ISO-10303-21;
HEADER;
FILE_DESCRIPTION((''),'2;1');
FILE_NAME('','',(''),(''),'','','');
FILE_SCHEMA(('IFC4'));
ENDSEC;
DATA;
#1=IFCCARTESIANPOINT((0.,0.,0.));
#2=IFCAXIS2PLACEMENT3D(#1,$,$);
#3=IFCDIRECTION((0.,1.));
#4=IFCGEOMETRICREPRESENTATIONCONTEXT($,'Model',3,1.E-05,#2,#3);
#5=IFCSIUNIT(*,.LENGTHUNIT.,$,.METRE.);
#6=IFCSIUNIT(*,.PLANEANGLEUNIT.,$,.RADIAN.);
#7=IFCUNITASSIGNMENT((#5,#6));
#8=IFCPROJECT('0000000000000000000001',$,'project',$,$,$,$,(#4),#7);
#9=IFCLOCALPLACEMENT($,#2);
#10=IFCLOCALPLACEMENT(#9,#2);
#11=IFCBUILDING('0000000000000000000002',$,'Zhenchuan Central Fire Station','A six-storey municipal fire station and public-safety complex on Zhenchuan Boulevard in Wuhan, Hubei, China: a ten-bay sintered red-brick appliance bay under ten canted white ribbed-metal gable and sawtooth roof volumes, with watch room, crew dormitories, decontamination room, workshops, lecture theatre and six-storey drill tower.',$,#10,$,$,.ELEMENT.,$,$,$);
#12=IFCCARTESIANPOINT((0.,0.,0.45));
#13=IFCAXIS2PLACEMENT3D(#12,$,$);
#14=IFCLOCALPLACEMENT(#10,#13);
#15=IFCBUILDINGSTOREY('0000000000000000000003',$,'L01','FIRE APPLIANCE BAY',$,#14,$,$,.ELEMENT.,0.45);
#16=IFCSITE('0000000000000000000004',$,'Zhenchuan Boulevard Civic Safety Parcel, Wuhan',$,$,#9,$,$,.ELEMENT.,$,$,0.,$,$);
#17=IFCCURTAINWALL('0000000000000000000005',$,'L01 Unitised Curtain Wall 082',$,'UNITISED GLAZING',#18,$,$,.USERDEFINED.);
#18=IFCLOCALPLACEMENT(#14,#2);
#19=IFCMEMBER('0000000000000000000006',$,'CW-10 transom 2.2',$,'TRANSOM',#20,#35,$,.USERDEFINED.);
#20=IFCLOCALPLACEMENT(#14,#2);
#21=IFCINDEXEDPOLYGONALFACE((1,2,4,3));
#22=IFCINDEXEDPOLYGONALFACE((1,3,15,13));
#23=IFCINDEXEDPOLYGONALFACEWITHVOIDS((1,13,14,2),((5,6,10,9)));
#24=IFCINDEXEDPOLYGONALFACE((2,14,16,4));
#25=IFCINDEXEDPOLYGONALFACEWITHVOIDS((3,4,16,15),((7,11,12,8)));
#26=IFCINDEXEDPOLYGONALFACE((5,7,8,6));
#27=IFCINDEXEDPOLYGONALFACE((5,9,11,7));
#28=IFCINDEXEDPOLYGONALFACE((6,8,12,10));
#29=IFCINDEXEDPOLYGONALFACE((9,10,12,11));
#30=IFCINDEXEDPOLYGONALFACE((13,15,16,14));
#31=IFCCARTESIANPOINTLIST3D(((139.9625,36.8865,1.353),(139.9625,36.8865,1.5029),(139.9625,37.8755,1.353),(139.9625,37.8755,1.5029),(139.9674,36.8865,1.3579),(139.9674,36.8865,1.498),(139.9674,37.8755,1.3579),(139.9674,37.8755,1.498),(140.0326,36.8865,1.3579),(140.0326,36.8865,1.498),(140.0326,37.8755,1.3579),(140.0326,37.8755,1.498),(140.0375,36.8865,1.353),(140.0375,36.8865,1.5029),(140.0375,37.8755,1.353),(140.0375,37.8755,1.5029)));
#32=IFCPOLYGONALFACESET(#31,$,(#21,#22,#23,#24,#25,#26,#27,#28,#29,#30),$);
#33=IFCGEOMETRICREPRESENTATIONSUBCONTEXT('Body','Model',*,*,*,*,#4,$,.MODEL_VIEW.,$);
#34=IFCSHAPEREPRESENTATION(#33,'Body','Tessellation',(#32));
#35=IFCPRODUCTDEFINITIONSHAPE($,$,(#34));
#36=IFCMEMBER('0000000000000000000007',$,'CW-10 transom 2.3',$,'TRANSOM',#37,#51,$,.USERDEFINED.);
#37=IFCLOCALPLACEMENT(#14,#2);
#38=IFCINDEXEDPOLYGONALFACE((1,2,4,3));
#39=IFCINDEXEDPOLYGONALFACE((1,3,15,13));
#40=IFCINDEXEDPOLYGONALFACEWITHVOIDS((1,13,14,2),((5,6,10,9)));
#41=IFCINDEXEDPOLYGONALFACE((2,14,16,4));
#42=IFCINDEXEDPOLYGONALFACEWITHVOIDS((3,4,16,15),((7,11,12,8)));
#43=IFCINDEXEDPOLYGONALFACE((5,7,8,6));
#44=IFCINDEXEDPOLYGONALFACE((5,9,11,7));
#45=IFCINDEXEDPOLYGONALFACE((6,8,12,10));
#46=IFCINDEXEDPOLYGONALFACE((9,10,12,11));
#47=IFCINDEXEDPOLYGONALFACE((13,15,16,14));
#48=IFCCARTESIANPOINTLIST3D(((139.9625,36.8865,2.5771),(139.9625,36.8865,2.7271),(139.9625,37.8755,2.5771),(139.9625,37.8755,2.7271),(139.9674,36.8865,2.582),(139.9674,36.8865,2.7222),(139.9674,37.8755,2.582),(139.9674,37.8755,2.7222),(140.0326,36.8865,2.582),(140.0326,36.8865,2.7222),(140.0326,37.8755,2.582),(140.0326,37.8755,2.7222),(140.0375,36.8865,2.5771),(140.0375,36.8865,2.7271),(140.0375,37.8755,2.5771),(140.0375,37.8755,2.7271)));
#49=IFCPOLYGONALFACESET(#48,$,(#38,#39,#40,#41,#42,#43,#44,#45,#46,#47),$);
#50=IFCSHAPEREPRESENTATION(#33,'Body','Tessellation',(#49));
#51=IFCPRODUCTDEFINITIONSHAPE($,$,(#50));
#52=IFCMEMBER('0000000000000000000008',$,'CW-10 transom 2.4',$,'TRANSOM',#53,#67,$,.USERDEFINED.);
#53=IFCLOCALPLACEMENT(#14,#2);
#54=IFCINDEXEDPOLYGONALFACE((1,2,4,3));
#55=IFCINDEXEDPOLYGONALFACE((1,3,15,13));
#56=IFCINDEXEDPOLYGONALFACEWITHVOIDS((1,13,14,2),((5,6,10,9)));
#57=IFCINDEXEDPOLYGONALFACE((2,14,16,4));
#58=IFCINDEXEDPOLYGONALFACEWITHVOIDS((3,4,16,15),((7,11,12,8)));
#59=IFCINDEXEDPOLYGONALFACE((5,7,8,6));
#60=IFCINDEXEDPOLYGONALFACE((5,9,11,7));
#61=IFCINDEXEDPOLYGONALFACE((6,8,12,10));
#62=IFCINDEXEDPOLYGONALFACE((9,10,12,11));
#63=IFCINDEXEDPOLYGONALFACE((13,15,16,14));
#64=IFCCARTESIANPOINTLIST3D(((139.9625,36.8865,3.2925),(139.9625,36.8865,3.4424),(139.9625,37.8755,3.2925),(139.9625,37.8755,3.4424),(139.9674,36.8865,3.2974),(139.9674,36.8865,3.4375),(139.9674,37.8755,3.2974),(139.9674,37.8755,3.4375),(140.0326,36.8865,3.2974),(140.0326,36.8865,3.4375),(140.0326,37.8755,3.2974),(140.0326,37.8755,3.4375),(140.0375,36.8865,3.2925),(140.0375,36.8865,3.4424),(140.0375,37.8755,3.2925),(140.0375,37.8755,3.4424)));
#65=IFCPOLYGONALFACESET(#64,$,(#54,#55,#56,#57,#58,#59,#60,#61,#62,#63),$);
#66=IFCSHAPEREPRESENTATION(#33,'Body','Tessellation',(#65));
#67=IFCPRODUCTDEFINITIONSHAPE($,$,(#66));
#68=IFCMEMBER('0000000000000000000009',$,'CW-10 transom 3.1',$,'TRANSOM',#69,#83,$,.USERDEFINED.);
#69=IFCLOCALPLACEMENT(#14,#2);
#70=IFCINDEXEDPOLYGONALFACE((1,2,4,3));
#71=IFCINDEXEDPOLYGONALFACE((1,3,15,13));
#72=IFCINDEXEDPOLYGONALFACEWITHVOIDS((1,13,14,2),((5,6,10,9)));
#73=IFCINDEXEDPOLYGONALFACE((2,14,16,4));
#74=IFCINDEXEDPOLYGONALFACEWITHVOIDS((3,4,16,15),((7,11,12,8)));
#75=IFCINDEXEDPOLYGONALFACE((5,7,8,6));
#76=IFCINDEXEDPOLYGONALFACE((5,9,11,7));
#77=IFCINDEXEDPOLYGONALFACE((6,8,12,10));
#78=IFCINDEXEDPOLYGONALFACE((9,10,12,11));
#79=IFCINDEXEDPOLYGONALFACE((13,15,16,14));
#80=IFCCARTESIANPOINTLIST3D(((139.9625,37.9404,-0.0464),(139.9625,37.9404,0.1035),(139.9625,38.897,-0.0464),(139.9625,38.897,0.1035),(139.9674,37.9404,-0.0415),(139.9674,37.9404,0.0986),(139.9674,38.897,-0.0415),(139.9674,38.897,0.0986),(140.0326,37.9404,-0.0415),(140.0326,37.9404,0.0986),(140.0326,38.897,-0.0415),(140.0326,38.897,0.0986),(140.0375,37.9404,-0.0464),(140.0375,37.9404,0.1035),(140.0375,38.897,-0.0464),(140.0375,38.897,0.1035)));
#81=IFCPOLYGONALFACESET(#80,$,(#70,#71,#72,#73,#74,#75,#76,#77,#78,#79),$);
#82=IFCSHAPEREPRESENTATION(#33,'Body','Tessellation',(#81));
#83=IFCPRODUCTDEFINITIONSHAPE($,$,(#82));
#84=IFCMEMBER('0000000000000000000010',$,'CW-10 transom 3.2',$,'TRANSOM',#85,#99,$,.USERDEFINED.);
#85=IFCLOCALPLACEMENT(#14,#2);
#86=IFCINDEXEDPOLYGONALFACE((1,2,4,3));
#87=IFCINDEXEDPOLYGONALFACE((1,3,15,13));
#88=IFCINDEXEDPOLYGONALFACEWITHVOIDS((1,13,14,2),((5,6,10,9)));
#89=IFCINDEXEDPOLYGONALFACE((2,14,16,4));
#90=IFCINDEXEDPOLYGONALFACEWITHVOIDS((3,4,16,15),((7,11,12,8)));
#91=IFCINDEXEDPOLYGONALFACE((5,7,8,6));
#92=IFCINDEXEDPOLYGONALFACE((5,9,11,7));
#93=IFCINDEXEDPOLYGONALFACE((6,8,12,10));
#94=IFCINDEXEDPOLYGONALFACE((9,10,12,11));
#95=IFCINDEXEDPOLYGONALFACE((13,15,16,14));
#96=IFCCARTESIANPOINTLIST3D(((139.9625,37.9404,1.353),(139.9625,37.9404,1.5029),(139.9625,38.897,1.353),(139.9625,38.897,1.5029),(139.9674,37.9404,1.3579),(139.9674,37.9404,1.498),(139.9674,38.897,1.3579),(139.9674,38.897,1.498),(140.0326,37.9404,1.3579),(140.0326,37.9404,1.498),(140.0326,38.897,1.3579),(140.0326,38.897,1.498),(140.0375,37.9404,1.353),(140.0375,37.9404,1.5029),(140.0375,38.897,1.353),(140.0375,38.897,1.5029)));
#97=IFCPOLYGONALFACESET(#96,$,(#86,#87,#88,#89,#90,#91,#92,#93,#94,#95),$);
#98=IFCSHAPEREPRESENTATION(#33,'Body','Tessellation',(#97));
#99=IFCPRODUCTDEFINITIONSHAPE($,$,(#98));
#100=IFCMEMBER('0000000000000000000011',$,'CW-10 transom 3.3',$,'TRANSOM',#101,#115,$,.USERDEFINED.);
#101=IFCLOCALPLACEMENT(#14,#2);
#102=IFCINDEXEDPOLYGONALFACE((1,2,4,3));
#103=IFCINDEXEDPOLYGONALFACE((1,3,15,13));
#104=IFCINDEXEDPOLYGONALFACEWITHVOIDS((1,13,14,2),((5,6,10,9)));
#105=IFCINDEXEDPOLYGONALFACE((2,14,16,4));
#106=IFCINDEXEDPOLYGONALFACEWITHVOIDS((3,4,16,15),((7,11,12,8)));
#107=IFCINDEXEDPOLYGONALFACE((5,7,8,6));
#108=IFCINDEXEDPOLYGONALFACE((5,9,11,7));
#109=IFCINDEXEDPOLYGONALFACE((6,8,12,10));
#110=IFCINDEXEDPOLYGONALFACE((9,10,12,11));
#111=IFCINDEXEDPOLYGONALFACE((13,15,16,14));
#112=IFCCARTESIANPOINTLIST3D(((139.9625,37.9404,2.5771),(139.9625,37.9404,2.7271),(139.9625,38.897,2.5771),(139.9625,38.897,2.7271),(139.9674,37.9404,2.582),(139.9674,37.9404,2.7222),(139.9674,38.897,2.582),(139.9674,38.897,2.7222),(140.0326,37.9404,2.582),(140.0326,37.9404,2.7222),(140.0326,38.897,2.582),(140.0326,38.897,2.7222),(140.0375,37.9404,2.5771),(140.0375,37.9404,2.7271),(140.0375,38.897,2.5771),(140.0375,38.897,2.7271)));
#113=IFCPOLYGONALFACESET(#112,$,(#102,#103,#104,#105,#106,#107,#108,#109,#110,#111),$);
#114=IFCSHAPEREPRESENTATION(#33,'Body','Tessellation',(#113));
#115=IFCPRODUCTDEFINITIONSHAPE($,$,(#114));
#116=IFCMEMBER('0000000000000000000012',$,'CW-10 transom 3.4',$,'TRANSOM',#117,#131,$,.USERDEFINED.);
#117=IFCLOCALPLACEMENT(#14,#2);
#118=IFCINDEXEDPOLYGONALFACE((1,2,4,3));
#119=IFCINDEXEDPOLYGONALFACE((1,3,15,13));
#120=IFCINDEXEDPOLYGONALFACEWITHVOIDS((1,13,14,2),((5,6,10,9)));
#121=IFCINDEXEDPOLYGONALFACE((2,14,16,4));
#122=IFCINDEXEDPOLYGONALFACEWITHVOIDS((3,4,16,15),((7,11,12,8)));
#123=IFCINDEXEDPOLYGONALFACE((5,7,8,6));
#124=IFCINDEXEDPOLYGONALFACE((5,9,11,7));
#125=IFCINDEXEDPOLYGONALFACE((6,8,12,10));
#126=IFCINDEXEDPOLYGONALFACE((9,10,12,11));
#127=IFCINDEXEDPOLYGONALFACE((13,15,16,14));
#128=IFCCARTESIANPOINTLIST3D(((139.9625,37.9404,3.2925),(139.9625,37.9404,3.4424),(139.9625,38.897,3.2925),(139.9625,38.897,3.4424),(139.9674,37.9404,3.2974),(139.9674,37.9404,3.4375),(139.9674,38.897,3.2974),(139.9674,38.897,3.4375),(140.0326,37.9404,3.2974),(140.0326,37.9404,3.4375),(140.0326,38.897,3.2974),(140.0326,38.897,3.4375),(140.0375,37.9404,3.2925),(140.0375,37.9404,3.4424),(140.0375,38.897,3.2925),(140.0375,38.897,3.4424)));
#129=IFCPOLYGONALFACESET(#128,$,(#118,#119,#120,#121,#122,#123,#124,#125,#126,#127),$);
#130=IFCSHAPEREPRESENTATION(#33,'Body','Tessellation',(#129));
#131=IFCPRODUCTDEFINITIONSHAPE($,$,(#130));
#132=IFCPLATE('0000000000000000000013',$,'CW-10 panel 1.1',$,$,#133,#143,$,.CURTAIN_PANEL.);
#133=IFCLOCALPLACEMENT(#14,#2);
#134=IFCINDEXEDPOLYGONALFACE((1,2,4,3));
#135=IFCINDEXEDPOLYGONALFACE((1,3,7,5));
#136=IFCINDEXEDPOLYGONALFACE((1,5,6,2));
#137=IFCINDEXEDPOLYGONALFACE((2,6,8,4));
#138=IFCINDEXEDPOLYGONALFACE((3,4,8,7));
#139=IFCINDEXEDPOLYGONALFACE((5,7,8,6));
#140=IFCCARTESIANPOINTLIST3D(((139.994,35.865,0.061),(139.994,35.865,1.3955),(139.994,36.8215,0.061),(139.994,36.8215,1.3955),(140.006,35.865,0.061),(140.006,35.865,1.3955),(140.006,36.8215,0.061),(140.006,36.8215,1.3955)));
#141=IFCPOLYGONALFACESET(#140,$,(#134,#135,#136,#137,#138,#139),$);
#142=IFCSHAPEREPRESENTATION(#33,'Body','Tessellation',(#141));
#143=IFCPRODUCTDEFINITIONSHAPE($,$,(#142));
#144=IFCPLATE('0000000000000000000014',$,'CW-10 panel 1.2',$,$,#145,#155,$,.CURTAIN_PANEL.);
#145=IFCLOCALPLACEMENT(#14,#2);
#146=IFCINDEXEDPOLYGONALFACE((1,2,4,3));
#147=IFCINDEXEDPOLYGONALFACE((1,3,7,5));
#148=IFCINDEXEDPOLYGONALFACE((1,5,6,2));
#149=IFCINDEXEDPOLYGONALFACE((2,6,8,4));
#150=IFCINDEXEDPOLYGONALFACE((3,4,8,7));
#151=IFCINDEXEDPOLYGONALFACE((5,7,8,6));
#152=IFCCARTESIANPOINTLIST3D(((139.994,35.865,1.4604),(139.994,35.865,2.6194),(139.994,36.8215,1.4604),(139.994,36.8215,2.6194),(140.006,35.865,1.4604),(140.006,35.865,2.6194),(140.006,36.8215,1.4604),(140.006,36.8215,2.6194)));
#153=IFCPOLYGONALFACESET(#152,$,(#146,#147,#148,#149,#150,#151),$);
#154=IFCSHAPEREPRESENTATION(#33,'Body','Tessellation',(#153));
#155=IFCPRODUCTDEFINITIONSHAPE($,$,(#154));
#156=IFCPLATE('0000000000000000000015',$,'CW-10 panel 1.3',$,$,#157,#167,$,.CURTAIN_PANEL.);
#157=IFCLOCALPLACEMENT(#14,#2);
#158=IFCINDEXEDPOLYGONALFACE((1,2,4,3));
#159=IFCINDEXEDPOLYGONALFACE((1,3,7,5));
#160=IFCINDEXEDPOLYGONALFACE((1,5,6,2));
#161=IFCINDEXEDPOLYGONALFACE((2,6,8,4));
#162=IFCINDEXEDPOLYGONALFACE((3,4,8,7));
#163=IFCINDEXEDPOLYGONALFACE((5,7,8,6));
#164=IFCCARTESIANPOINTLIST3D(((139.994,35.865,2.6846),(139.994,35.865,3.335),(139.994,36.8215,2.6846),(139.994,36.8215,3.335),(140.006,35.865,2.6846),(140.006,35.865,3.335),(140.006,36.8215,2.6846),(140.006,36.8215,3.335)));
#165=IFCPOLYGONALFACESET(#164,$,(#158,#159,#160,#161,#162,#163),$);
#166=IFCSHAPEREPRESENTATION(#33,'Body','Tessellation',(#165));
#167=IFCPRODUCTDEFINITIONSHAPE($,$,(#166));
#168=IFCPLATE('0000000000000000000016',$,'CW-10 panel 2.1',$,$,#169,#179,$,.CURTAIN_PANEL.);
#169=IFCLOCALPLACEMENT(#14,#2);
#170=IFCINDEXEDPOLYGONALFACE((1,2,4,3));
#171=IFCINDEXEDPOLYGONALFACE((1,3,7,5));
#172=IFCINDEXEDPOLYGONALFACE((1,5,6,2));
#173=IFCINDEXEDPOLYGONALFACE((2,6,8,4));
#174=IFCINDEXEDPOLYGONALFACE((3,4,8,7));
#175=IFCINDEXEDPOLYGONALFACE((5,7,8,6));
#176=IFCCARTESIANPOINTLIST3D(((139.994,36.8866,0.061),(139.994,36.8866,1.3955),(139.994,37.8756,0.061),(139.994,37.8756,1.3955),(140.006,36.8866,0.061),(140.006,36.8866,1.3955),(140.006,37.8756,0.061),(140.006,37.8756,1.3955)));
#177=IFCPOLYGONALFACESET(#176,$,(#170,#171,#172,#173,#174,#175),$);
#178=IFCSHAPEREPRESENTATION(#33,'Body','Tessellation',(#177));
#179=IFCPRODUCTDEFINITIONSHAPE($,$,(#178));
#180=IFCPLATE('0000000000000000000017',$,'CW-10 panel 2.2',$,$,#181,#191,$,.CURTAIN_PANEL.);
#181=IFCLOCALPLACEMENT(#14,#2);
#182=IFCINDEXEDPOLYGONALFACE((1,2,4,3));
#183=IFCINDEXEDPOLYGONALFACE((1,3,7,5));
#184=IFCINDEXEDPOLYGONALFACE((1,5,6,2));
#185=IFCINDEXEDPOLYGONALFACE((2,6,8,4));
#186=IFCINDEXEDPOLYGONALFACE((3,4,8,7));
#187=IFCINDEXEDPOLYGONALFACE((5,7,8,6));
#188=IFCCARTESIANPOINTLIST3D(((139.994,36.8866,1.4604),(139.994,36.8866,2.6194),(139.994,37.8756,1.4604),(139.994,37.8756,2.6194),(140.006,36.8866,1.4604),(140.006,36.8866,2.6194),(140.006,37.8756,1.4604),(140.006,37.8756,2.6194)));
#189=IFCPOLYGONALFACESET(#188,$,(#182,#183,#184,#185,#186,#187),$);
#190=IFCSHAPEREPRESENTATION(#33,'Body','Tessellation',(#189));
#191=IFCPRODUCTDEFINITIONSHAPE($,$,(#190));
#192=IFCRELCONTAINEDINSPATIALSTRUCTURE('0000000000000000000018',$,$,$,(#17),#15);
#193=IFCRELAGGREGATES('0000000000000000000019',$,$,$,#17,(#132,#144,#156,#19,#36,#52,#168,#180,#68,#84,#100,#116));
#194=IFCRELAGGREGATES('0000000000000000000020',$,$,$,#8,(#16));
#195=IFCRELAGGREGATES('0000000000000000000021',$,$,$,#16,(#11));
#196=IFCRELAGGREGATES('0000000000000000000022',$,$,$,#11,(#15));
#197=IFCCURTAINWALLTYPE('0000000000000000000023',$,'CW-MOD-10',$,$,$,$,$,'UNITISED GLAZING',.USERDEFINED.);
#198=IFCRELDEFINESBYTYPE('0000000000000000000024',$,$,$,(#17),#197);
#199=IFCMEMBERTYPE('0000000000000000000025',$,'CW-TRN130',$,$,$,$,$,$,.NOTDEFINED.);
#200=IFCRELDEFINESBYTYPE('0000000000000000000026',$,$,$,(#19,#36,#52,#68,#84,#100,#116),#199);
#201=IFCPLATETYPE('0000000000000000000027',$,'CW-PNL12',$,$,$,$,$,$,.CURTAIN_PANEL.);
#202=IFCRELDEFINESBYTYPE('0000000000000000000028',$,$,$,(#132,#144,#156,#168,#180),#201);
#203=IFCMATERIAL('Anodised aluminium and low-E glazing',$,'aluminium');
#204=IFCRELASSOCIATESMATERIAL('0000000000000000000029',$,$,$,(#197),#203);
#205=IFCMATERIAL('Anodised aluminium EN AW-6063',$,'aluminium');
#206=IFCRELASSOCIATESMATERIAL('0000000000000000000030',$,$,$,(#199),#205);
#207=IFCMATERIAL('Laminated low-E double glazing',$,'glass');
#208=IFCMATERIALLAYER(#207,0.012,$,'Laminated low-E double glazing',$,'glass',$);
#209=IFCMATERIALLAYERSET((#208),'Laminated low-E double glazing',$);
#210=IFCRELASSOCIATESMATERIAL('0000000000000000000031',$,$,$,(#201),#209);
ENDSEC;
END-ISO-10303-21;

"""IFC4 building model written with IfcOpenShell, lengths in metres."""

from ifc_helpers import new_model, si_unit, direction, frame, origin, origin_2d, place, context, subcontext, project, spatial, rectangle, hollow_rectangle, extrude, material, layer, layer_set, material_profile, profile_set, type_object, element, aggregate, save


model = new_model("IFC4")

# Units and contexts
model_context = context("Model", 3, precision=1e-05, world=origin(), true_north=direction((0.0, 1.0)))
body_context = subcontext(model_context, "Body", "Model", "MODEL_VIEW")
ifc_project = project(units=[si_unit("LENGTHUNIT", "METRE"), si_unit("PLANEANGLEUNIT", "RADIAN")], contexts=[model_context])

# Site, building, storey
site_placement = place(None, origin())
site = spatial("IfcSite", under=ifc_project, at=site_placement, Name="Zhenchuan Boulevard Civic Safety Parcel, Wuhan", CompositionType="ELEMENT", RefElevation=0.0)
building_placement = place(site_placement, origin())
building = spatial("IfcBuilding", under=site, at=building_placement, Name="Zhenchuan Central Fire Station", Description="A six-storey municipal fire station and public-safety complex on Zhenchuan Boulevard in Wuhan, Hubei, China: a ten-bay sintered red-brick appliance bay under ten canted white ribbed-metal gable and sawtooth roof volumes, with watch room, crew dormitories, decontamination room, workshops, lecture theatre and six-storey drill tower.", CompositionType="ELEMENT")
storey_placement = place(building_placement, frame((0.0, 0.0, 0.45)))
storey = spatial("IfcBuildingStorey", under=building, at=storey_placement, Name="L01", Description="FIRE APPLIANCE BAY", CompositionType="ELEMENT", Elevation=0.45)

# Curtain wall, members, plates
ifc_material_1 = material(Name="Anodised aluminium and low-E glazing", Category="aluminium")
curtain_wall_type = type_object("IfcCurtainWallType", Name="CW-MOD-10", ElementType="UNITISED GLAZING", PredefinedType="USERDEFINED", material=ifc_material_1)
curtain_wall_placement = place(storey_placement, origin())
curtain_wall = element("IfcCurtainWall", 1, at=curtain_wall_placement, inside=storey, type_object=curtain_wall_type, Name="L01 Unitised Curtain Wall 082", ObjectType="UNITISED GLAZING", PredefinedType="USERDEFINED")
ifc_material_2 = material(Name="Anodised aluminium EN AW-6063", Category="aluminium")
ifc_material_profile_1 = material_profile(ifc_material_2, hollow_rectangle(XDim=0.075, YDim=0.1499, WallThickness=0.0049, at=origin_2d()), Name="ALU-T 150x75")
ifc_profile_set_1 = profile_set([ifc_material_profile_1], Name="Anodised aluminium EN AW-6063")
member_type_1 = type_object("IfcMemberType", Name="CW-TRN130", PredefinedType="NOTDEFINED", material=ifc_profile_set_1)
member_1_placement = place(storey_placement, frame((140.0, 36.8865, 1.428), z_axis=(0.0, 1.0, 0.0), x_axis=(-1.0, 0.0, 0.0)))
member_1 = element("IfcMember", 2, at=member_1_placement, type_object=member_type_1, Name="CW-10 transom 2.2", ObjectType="TRANSOM", PredefinedType="USERDEFINED", context=body_context, shape_type="SweptSolid", body=[
    extrude(hollow_rectangle(XDim=0.075, YDim=0.1499, WallThickness=0.0049, at=origin_2d()), origin(), (0.0, 0.0, 1.0), 0.989),
])
member_2_placement = place(storey_placement, frame((140.0, 36.8865, 2.6521), z_axis=(0.0, 1.0, 0.0), x_axis=(-1.0, 0.0, 0.0)))
member_2 = element("IfcMember", 3, at=member_2_placement, type_object=member_type_1, Name="CW-10 transom 2.3", ObjectType="TRANSOM", PredefinedType="USERDEFINED", context=body_context, shape_type="SweptSolid", body=[
    extrude(hollow_rectangle(XDim=0.075, YDim=0.1499, WallThickness=0.0049, at=origin_2d()), origin(), (0.0, 0.0, 1.0), 0.989),
])
member_3_placement = place(storey_placement, frame((140.0, 36.8865, 3.3674), z_axis=(0.0, 1.0, 0.0), x_axis=(-1.0, 0.0, 0.0)))
member_3 = element("IfcMember", 4, at=member_3_placement, type_object=member_type_1, Name="CW-10 transom 2.4", ObjectType="TRANSOM", PredefinedType="USERDEFINED", context=body_context, shape_type="SweptSolid", body=[
    extrude(hollow_rectangle(XDim=0.075, YDim=0.1499, WallThickness=0.0049, at=origin_2d()), origin(), (0.0, 0.0, 1.0), 0.989),
])
member_4_placement = place(storey_placement, frame((140.0, 37.9404, 0.0286), z_axis=(0.0, 1.0, 0.0), x_axis=(-1.0, 0.0, 0.0)))
member_4 = element("IfcMember", 5, at=member_4_placement, type_object=member_type_1, Name="CW-10 transom 3.1", ObjectType="TRANSOM", PredefinedType="USERDEFINED", context=body_context, shape_type="SweptSolid", body=[
    extrude(hollow_rectangle(XDim=0.075, YDim=0.1499, WallThickness=0.0049, at=origin_2d()), origin(), (0.0, 0.0, 1.0), 0.9565),
])
member_5_placement = place(storey_placement, frame((140.0, 37.9404, 1.428), z_axis=(0.0, 1.0, 0.0), x_axis=(-1.0, 0.0, 0.0)))
member_5 = element("IfcMember", 6, at=member_5_placement, type_object=member_type_1, Name="CW-10 transom 3.2", ObjectType="TRANSOM", PredefinedType="USERDEFINED", context=body_context, shape_type="SweptSolid", body=[
    extrude(hollow_rectangle(XDim=0.075, YDim=0.1499, WallThickness=0.0049, at=origin_2d()), origin(), (0.0, 0.0, 1.0), 0.9565),
])
member_6_placement = place(storey_placement, frame((140.0, 37.9404, 2.6521), z_axis=(0.0, 1.0, 0.0), x_axis=(-1.0, 0.0, 0.0)))
member_6 = element("IfcMember", 7, at=member_6_placement, type_object=member_type_1, Name="CW-10 transom 3.3", ObjectType="TRANSOM", PredefinedType="USERDEFINED", context=body_context, shape_type="SweptSolid", body=[
    extrude(hollow_rectangle(XDim=0.075, YDim=0.1499, WallThickness=0.0049, at=origin_2d()), origin(), (0.0, 0.0, 1.0), 0.9565),
])
member_7_placement = place(storey_placement, frame((140.0, 37.9404, 3.3674), z_axis=(0.0, 1.0, 0.0), x_axis=(-1.0, 0.0, 0.0)))
member_7 = element("IfcMember", 8, at=member_7_placement, type_object=member_type_1, Name="CW-10 transom 3.4", ObjectType="TRANSOM", PredefinedType="USERDEFINED", context=body_context, shape_type="SweptSolid", body=[
    extrude(hollow_rectangle(XDim=0.075, YDim=0.1499, WallThickness=0.0049, at=origin_2d()), origin(), (0.0, 0.0, 1.0), 0.9565),
])
ifc_material_3 = material(Name="Laminated low-E double glazing", Category="glass")
ifc_layer = layer(ifc_material_3, 0.012, Name="Laminated low-E double glazing", Category="glass")
ifc_layer_set = layer_set([ifc_layer], Name="Laminated low-E double glazing")
plate_type = type_object("IfcPlateType", Name="CW-PNL12", PredefinedType="CURTAIN_PANEL", material=ifc_layer_set)
plate_1_placement = place(storey_placement, frame((140.0, 36.3433, 0.061), z_axis=(0.0, 0.0, 1.0), x_axis=(0.0, 1.0, 0.0)))
plate_1 = element("IfcPlate", 9, at=plate_1_placement, type_object=plate_type, Name="CW-10 panel 1.1", PredefinedType="CURTAIN_PANEL", context=body_context, shape_type="SweptSolid", body=[
    extrude(rectangle(XDim=0.9565, YDim=0.012, at=origin_2d()), origin(), (0.0, 0.0, 1.0), 1.3345),
])
plate_2_placement = place(storey_placement, frame((140.0, 36.3433, 1.4604), z_axis=(0.0, 0.0, 1.0), x_axis=(0.0, 1.0, 0.0)))
plate_2 = element("IfcPlate", 10, at=plate_2_placement, type_object=plate_type, Name="CW-10 panel 1.2", PredefinedType="CURTAIN_PANEL", context=body_context, shape_type="SweptSolid", body=[
    extrude(rectangle(XDim=0.9565, YDim=0.012, at=origin_2d()), origin(), (0.0, 0.0, 1.0), 1.1589),
])
plate_3_placement = place(storey_placement, frame((140.0, 36.3433, 2.6846), z_axis=(0.0, 0.0, 1.0), x_axis=(0.0, 1.0, 0.0)))
plate_3 = element("IfcPlate", 11, at=plate_3_placement, type_object=plate_type, Name="CW-10 panel 1.3", PredefinedType="CURTAIN_PANEL", context=body_context, shape_type="SweptSolid", body=[
    extrude(rectangle(XDim=0.9565, YDim=0.012, at=origin_2d()), origin(), (0.0, 0.0, 1.0), 0.6504),
])
plate_4_placement = place(storey_placement, frame((140.0, 37.3811, 0.061), z_axis=(0.0, 0.0, 1.0), x_axis=(0.0, 1.0, 0.0)))
plate_4 = element("IfcPlate", 12, at=plate_4_placement, type_object=plate_type, Name="CW-10 panel 2.1", PredefinedType="CURTAIN_PANEL", context=body_context, shape_type="SweptSolid", body=[
    extrude(rectangle(XDim=0.989, YDim=0.012, at=origin_2d()), origin(), (0.0, 0.0, 1.0), 1.3345),
])
plate_5_placement = place(storey_placement, frame((140.0, 37.3811, 1.4604), z_axis=(0.0, 0.0, 1.0), x_axis=(0.0, 1.0, 0.0)))
plate_5 = element("IfcPlate", 13, at=plate_5_placement, type_object=plate_type, Name="CW-10 panel 2.2", PredefinedType="CURTAIN_PANEL", context=body_context, shape_type="SweptSolid", body=[
    extrude(rectangle(XDim=0.989, YDim=0.012, at=origin_2d()), origin(), (0.0, 0.0, 1.0), 1.1589),
])
aggregate(curtain_wall, [plate_1, plate_2, plate_3, member_1, member_2, member_3, plate_4, plate_5, member_4, member_5, member_6, member_7])

save(model, "model.ifc")
